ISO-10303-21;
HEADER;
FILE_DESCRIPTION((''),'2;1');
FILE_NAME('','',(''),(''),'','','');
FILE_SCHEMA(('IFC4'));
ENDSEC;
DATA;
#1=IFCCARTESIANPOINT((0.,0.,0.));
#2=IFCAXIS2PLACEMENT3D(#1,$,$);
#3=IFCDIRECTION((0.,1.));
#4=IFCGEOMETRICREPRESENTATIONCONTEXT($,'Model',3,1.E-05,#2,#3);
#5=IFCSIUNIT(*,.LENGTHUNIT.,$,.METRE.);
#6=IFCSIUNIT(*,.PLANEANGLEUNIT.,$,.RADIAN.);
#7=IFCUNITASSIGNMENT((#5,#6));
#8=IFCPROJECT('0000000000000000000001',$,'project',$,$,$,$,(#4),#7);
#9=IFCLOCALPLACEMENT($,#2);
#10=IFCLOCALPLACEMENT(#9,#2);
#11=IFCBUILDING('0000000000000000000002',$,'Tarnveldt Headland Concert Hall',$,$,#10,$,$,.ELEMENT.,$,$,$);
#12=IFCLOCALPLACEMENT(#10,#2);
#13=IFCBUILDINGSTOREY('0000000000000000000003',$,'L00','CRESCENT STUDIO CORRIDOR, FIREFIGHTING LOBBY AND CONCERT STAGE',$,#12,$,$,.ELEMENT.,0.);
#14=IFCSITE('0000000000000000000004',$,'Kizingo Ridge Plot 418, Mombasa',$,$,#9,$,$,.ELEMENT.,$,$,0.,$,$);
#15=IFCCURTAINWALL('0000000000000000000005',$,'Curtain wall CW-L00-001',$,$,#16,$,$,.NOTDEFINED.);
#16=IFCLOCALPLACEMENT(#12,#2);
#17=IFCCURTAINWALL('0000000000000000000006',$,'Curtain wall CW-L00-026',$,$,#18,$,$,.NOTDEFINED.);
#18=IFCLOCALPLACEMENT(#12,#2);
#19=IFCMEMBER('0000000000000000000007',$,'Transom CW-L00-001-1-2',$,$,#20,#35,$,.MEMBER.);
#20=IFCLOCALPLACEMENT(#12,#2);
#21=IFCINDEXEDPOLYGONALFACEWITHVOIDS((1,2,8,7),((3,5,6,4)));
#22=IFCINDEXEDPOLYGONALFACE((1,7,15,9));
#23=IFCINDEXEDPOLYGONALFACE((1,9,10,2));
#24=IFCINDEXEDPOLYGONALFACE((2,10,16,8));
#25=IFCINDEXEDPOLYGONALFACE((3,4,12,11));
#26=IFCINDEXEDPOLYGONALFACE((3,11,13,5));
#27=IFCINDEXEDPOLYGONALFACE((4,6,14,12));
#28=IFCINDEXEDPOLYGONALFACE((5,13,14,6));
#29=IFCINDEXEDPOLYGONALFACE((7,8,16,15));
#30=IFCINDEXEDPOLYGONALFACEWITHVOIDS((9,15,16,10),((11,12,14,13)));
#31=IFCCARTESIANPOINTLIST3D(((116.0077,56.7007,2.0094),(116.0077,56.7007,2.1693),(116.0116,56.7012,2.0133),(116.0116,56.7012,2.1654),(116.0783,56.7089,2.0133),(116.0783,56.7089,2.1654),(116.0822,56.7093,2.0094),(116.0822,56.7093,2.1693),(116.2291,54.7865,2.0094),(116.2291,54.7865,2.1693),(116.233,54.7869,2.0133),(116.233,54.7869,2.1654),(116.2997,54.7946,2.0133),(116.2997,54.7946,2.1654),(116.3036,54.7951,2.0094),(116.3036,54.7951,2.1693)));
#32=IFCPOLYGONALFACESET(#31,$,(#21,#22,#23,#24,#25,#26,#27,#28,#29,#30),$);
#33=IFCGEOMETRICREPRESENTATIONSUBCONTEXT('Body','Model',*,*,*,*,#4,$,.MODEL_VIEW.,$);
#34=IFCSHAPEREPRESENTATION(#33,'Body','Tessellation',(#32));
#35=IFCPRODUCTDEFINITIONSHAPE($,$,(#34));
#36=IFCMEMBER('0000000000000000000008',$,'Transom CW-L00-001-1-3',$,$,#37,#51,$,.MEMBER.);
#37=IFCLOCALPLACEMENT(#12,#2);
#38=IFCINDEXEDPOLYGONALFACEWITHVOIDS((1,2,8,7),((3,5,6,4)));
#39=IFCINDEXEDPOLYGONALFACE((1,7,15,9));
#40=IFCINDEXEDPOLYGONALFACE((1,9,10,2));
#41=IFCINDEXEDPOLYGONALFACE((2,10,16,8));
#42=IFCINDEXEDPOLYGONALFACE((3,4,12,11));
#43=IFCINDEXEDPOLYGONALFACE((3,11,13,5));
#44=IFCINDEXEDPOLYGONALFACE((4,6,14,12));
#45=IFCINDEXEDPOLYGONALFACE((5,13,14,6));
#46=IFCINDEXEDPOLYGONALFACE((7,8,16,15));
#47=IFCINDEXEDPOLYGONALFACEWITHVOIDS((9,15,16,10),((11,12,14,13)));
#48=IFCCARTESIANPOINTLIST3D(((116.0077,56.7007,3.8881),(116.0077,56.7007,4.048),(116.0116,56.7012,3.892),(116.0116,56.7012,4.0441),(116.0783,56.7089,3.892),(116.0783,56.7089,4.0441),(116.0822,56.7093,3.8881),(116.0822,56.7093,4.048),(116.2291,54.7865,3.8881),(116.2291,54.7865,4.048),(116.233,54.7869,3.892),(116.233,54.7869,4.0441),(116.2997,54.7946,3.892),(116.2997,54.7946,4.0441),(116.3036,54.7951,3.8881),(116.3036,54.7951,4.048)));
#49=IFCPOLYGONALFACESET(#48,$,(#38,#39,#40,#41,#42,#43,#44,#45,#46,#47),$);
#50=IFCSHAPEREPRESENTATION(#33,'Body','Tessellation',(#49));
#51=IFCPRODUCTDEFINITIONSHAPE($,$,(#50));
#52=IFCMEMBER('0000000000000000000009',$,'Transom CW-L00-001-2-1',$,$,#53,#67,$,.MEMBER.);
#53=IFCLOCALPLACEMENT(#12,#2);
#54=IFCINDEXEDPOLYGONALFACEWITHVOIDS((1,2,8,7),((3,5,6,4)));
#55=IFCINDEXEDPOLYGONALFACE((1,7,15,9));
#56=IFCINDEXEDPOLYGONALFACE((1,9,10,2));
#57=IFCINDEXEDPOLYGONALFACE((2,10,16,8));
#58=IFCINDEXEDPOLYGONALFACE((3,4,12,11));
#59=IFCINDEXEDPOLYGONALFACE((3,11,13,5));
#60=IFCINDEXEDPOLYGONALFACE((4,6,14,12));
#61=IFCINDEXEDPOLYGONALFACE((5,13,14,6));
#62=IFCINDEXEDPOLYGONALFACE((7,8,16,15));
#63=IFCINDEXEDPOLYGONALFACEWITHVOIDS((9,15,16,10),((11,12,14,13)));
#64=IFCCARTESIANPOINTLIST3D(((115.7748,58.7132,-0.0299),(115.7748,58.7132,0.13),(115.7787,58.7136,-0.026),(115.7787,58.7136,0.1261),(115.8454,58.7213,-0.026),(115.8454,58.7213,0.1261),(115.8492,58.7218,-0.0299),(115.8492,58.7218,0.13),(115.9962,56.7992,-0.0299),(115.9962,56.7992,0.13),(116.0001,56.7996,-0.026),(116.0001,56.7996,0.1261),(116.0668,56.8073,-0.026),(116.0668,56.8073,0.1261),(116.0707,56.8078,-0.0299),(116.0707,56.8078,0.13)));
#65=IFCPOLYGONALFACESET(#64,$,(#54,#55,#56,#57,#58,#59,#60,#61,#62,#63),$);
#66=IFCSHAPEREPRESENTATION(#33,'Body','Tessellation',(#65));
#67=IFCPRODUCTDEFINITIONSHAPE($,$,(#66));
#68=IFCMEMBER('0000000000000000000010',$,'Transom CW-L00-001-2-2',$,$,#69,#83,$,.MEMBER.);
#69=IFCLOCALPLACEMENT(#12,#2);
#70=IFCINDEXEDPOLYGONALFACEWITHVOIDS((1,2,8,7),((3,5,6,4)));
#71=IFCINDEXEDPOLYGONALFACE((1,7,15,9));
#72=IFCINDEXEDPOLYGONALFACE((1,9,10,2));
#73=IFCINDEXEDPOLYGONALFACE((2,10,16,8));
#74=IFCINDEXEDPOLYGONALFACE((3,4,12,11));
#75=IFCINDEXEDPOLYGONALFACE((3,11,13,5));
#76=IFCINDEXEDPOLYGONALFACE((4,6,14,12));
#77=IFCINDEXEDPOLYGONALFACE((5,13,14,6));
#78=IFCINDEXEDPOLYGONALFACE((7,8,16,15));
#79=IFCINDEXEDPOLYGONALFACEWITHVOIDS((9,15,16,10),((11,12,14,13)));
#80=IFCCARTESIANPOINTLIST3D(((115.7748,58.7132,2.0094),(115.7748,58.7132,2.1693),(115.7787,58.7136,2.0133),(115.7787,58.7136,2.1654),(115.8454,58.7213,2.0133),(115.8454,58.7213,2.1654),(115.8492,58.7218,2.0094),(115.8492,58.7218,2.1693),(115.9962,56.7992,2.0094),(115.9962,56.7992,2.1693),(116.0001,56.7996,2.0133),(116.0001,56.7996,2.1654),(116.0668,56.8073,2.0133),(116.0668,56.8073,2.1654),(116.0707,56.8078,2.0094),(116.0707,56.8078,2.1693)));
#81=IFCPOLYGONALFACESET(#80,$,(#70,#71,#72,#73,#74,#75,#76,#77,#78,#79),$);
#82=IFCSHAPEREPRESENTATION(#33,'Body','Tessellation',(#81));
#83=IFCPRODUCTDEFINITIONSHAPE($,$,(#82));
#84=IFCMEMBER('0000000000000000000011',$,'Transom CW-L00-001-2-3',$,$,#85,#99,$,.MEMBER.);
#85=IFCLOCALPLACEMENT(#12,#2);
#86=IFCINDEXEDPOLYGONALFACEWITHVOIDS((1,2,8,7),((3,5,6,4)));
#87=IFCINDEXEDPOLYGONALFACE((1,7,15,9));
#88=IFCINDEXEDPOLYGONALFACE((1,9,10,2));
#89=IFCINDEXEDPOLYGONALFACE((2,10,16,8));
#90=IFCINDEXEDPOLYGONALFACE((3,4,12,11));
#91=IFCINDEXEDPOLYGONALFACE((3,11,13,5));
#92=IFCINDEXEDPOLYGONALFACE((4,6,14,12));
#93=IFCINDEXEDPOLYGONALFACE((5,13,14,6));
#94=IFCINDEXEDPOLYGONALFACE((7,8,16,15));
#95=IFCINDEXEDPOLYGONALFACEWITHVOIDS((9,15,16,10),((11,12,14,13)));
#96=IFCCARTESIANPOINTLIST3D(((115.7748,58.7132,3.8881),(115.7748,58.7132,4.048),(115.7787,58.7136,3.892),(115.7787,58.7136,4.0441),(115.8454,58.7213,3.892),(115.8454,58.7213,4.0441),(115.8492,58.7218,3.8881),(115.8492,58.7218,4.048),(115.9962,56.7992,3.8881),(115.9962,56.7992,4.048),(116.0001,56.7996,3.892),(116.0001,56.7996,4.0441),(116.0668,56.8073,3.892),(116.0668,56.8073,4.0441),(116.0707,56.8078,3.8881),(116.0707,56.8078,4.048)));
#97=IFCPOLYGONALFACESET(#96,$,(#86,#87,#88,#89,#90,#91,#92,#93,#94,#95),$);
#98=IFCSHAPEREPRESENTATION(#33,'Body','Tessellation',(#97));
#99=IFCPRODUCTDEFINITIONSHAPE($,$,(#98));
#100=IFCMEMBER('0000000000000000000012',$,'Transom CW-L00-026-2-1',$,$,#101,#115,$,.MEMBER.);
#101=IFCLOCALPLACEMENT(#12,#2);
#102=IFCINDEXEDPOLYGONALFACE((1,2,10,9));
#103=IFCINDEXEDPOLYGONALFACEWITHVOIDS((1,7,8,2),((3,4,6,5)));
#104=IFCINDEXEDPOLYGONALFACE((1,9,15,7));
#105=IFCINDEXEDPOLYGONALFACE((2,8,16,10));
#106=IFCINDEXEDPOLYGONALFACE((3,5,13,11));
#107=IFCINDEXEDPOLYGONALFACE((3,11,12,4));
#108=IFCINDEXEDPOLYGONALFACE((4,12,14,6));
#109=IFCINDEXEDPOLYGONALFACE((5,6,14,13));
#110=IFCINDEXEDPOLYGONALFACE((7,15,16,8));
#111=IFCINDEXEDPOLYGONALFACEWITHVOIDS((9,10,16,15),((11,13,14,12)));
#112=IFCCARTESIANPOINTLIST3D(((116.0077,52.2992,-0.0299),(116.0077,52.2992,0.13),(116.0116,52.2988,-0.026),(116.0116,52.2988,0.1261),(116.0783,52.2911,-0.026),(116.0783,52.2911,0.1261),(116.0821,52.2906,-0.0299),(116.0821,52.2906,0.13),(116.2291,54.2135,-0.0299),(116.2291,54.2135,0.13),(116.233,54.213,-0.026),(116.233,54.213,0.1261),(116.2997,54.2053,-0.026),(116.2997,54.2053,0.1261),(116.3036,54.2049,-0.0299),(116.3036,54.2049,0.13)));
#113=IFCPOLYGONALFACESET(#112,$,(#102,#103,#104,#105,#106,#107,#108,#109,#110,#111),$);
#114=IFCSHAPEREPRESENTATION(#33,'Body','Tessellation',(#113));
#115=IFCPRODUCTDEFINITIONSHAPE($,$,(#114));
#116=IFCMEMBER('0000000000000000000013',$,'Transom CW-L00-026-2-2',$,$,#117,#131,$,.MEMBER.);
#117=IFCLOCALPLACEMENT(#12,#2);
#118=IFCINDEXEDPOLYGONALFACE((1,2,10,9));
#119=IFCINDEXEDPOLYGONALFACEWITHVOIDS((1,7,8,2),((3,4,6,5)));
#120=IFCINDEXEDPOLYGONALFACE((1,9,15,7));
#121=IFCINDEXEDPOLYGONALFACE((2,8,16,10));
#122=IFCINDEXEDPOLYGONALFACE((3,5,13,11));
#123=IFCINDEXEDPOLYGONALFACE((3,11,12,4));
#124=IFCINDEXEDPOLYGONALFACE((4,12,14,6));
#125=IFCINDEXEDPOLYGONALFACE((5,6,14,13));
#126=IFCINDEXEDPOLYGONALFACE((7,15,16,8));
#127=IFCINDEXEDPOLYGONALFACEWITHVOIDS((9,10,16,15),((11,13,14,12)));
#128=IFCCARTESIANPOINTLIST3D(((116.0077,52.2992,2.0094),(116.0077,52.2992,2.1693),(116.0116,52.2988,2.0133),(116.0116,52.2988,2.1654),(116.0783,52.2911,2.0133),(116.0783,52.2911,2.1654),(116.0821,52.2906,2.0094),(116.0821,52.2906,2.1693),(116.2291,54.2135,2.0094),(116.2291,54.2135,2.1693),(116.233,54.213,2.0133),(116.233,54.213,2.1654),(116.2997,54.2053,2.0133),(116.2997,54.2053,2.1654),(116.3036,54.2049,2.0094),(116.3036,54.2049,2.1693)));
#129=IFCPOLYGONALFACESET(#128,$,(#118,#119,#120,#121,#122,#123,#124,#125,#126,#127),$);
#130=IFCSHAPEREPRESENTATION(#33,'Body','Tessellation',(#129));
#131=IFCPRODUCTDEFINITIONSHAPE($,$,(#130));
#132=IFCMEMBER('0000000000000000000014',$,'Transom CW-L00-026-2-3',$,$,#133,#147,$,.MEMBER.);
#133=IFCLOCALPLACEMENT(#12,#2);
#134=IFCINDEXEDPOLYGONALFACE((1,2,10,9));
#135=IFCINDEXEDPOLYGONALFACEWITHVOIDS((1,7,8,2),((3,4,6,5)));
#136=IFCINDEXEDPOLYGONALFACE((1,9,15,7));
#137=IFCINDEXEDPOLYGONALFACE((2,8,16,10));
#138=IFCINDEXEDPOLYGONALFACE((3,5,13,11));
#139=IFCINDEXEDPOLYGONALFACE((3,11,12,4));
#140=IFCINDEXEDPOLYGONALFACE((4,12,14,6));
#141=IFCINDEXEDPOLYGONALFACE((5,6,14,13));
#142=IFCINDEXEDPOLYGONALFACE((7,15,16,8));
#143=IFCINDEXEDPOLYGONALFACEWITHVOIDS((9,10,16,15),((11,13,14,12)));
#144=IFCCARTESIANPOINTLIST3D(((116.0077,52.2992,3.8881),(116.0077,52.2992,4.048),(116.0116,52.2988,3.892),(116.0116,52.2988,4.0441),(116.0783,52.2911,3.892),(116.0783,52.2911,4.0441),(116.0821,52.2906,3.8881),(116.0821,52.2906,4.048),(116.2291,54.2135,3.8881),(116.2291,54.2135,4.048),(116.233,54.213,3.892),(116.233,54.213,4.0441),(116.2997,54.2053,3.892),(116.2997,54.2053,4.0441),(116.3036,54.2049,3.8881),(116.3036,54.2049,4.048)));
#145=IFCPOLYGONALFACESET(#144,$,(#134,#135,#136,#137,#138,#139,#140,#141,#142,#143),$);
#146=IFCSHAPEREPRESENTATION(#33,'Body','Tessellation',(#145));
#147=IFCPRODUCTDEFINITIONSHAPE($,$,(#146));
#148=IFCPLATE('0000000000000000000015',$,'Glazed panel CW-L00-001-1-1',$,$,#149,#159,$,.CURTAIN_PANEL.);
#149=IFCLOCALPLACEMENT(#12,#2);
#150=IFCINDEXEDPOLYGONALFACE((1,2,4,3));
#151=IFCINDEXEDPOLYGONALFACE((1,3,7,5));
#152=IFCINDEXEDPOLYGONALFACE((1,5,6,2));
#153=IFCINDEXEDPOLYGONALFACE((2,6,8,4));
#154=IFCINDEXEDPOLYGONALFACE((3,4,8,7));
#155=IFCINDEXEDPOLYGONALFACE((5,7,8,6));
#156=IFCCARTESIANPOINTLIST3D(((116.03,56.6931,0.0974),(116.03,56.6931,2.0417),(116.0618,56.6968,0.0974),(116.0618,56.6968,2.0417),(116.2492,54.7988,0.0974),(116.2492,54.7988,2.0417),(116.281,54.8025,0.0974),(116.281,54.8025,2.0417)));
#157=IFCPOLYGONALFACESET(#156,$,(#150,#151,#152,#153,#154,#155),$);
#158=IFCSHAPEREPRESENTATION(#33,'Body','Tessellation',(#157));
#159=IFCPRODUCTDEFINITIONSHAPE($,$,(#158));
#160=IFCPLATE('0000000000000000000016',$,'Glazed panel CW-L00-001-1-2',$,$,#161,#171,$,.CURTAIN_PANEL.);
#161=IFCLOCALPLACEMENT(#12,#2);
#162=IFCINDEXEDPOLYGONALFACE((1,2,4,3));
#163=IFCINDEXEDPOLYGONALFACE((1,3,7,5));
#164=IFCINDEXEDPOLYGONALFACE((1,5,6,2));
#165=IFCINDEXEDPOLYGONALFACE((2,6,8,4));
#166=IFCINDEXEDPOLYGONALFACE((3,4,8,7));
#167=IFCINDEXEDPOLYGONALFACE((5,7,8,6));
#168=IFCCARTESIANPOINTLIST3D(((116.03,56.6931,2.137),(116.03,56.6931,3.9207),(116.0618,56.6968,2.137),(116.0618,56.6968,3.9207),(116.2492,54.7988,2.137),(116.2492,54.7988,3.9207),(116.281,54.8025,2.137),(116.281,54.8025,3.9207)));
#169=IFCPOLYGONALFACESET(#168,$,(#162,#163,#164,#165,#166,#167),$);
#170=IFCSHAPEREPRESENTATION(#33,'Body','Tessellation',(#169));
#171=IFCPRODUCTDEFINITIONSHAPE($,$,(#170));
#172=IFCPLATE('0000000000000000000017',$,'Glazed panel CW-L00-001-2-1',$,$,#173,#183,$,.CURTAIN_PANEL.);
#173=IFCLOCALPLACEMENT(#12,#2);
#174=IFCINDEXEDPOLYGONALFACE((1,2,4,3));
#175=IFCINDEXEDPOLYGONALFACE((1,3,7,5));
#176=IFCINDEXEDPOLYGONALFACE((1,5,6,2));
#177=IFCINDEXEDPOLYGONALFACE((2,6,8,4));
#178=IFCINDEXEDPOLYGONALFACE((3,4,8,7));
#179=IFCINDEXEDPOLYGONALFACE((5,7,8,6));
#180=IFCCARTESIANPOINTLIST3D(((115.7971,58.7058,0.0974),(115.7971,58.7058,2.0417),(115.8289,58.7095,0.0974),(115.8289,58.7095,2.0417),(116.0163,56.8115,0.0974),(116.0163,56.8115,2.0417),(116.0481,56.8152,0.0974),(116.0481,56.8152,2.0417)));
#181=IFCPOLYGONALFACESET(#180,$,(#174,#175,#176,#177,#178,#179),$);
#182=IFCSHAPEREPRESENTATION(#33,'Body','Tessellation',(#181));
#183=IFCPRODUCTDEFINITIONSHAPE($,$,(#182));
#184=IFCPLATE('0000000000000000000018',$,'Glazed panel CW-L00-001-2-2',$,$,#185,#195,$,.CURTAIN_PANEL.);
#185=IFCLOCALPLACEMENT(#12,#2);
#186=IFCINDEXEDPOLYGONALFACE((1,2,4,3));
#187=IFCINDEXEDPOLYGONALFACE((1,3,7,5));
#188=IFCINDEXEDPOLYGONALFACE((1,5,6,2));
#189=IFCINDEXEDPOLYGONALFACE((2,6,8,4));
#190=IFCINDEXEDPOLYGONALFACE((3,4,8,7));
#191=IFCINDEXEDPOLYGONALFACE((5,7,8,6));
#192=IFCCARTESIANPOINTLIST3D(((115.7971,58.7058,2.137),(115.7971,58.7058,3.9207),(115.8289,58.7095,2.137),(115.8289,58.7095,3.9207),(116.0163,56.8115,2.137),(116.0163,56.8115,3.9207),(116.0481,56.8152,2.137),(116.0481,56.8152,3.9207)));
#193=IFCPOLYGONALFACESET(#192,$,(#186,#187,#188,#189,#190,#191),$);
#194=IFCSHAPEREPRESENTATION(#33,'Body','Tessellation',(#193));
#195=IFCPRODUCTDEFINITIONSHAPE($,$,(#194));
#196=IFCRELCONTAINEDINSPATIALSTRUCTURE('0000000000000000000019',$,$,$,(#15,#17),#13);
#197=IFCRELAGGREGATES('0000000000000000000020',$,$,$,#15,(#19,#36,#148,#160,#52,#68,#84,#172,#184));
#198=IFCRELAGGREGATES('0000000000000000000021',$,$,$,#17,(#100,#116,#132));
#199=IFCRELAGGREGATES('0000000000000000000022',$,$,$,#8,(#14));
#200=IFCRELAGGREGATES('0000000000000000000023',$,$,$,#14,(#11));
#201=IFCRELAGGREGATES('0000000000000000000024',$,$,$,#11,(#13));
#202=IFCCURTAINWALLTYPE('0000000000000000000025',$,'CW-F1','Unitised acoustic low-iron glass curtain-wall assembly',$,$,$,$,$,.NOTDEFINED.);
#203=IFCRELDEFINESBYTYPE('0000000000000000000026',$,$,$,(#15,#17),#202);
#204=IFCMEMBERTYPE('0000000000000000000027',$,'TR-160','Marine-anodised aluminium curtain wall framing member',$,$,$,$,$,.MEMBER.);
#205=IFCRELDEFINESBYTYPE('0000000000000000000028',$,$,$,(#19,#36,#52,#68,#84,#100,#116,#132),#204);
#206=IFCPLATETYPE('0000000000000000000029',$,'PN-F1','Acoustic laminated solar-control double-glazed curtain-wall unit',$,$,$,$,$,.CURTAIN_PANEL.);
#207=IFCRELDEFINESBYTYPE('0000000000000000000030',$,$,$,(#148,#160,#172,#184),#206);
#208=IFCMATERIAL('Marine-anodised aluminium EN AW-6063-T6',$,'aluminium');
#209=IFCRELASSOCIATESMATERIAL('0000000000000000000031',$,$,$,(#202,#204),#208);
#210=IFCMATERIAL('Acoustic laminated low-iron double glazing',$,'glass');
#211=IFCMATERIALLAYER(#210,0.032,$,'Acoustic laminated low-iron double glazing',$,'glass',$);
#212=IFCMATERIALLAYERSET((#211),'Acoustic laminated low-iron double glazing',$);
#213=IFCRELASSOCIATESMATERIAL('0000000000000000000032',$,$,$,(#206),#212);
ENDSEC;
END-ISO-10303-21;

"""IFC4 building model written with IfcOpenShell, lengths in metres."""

from ifc_helpers import new_model, si_unit, direction, frame, origin, origin_2d, place, context, subcontext, project, spatial, rectangle, hollow_rectangle, extrude, material, layer, layer_set, material_profile, profile_set, type_object, element, aggregate, save


model = new_model("IFC4")

# Units and contexts
model_context = context("Model", 3, precision=1e-05, world=origin(), true_north=direction((0.0, 1.0)))
body_context = subcontext(model_context, "Body", "Model", "MODEL_VIEW")
ifc_project = project(units=[si_unit("LENGTHUNIT", "METRE"), si_unit("PLANEANGLEUNIT", "RADIAN")], contexts=[model_context])

# Site, building, storey
site_placement = place(None, origin())
site = spatial("IfcSite", under=ifc_project, at=site_placement, Name="Kizingo Ridge Plot 418, Mombasa", CompositionType="ELEMENT", RefElevation=0.0)
building_placement = place(site_placement, origin())
building = spatial("IfcBuilding", under=site, at=building_placement, Name="Tarnveldt Headland Concert Hall", CompositionType="ELEMENT")
storey_placement = place(building_placement, origin())
storey = spatial("IfcBuildingStorey", under=building, at=storey_placement, Name="L00", Description="CRESCENT STUDIO CORRIDOR, FIREFIGHTING LOBBY AND CONCERT STAGE", CompositionType="ELEMENT", Elevation=0.0)

# Curtain walls
ifc_material_1 = material(Name="Marine-anodised aluminium EN AW-6063-T6", Category="aluminium")
curtain_wall_type = type_object("IfcCurtainWallType", Name="CW-F1", Description="Unitised acoustic low-iron glass curtain-wall assembly", PredefinedType="NOTDEFINED", material=ifc_material_1)
curtain_wall_1_placement = place(storey_placement, origin())
curtain_wall_1 = element("IfcCurtainWall", 1, at=curtain_wall_1_placement, inside=storey, type_object=curtain_wall_type, Name="Curtain wall CW-L00-001", PredefinedType="NOTDEFINED")
curtain_wall_2_placement = place(storey_placement, origin())
curtain_wall_2 = element("IfcCurtainWall", 2, at=curtain_wall_2_placement, inside=storey, type_object=curtain_wall_type, Name="Curtain wall CW-L00-026", PredefinedType="NOTDEFINED")

# Members
ifc_material_profile_1 = material_profile(ifc_material_1, hollow_rectangle(XDim=0.075, YDim=0.1599, WallThickness=0.0039, at=origin_2d()), Name="ALU TRANSOM 75x160x4", Category="aluminium")
ifc_profile_set_1 = profile_set([ifc_material_profile_1], Name="Marine-anodised aluminium EN AW-6063-T6")
member_type_1 = type_object("IfcMemberType", Name="TR-160", Description="Marine-anodised aluminium curtain wall framing member", PredefinedType="MEMBER", material=ifc_profile_set_1)
member_1_placement = place(storey_placement, frame((116.2664, 54.7908, 2.0894), z_axis=(-0.114908, 0.993376, 0.0), x_axis=(-0.993376, -0.114908, 0.0)))
member_1 = element("IfcMember", 3, at=member_1_placement, type_object=member_type_1, Name="Transom CW-L00-001-1-2", PredefinedType="MEMBER", context=body_context, shape_type="SweptSolid", body=[
    extrude(hollow_rectangle(XDim=0.075, YDim=0.1599, WallThickness=0.0039, at=origin_2d()), origin(), (0.0, 0.0, 1.0), 1.927),
])
member_2_placement = place(storey_placement, frame((116.2664, 54.7908, 3.968), z_axis=(-0.114908, 0.993376, 0.0), x_axis=(-0.993376, -0.114908, 0.0)))
member_2 = element("IfcMember", 4, at=member_2_placement, type_object=member_type_1, Name="Transom CW-L00-001-1-3", PredefinedType="MEMBER", context=body_context, shape_type="SweptSolid", body=[
    extrude(hollow_rectangle(XDim=0.075, YDim=0.1599, WallThickness=0.0039, at=origin_2d()), origin(), (0.0, 0.0, 1.0), 1.927),
])
member_3_placement = place(storey_placement, frame((116.0334, 56.8035, 0.05), z_axis=(-0.114922, 0.993374, 0.0), x_axis=(-0.993374, -0.114922, 0.0)))
member_3 = element("IfcMember", 5, at=member_3_placement, type_object=member_type_1, Name="Transom CW-L00-001-2-1", PredefinedType="MEMBER", context=body_context, shape_type="SweptSolid", body=[
    extrude(hollow_rectangle(XDim=0.075, YDim=0.1599, WallThickness=0.0039, at=origin_2d()), origin(), (0.0, 0.0, 1.0), 1.9268),
])
member_4_placement = place(storey_placement, frame((116.0334, 56.8035, 2.0894), z_axis=(-0.114922, 0.993374, 0.0), x_axis=(-0.993374, -0.114922, 0.0)))
member_4 = element("IfcMember", 6, at=member_4_placement, type_object=member_type_1, Name="Transom CW-L00-001-2-2", PredefinedType="MEMBER", context=body_context, shape_type="SweptSolid", body=[
    extrude(hollow_rectangle(XDim=0.075, YDim=0.1599, WallThickness=0.0039, at=origin_2d()), origin(), (0.0, 0.0, 1.0), 1.9268),
])
member_5_placement = place(storey_placement, frame((116.0334, 56.8035, 3.968), z_axis=(-0.114922, 0.993374, 0.0), x_axis=(-0.993374, -0.114922, 0.0)))
member_5 = element("IfcMember", 7, at=member_5_placement, type_object=member_type_1, Name="Transom CW-L00-001-2-3", PredefinedType="MEMBER", context=body_context, shape_type="SweptSolid", body=[
    extrude(hollow_rectangle(XDim=0.075, YDim=0.1599, WallThickness=0.0039, at=origin_2d()), origin(), (0.0, 0.0, 1.0), 1.9268),
])
member_6_placement = place(storey_placement, frame((116.0449, 52.2949, 0.05), z_axis=(0.114908, 0.993376, 0.0), x_axis=(-0.993376, 0.114908, 0.0)))
member_6 = element("IfcMember", 8, at=member_6_placement, type_object=member_type_1, Name="Transom CW-L00-026-2-1", PredefinedType="MEMBER", context=body_context, shape_type="SweptSolid", body=[
    extrude(hollow_rectangle(XDim=0.075, YDim=0.1599, WallThickness=0.0039, at=origin_2d()), origin(), (0.0, 0.0, 1.0), 1.927),
])
member_7_placement = place(storey_placement, frame((116.0449, 52.2949, 2.0894), z_axis=(0.114908, 0.993376, 0.0), x_axis=(-0.993376, 0.114908, 0.0)))
member_7 = element("IfcMember", 9, at=member_7_placement, type_object=member_type_1, Name="Transom CW-L00-026-2-2", PredefinedType="MEMBER", context=body_context, shape_type="SweptSolid", body=[
    extrude(hollow_rectangle(XDim=0.075, YDim=0.1599, WallThickness=0.0039, at=origin_2d()), origin(), (0.0, 0.0, 1.0), 1.927),
])
member_8_placement = place(storey_placement, frame((116.0449, 52.2949, 3.968), z_axis=(0.114908, 0.993376, 0.0), x_axis=(-0.993376, 0.114908, 0.0)))
member_8 = element("IfcMember", 10, at=member_8_placement, type_object=member_type_1, Name="Transom CW-L00-026-2-3", PredefinedType="MEMBER", context=body_context, shape_type="SweptSolid", body=[
    extrude(hollow_rectangle(XDim=0.075, YDim=0.1599, WallThickness=0.0039, at=origin_2d()), origin(), (0.0, 0.0, 1.0), 1.927),
])

# Plates
ifc_material_2 = material(Name="Acoustic laminated low-iron double glazing", Category="glass")
ifc_layer_1 = layer(ifc_material_2, 0.032, Name="Acoustic laminated low-iron double glazing", Category="glass")
ifc_layer_set_1 = layer_set([ifc_layer_1], Name="Acoustic laminated low-iron double glazing")
plate_type = type_object("IfcPlateType", Name="PN-F1", Description="Acoustic laminated solar-control double-glazed curtain-wall unit", PredefinedType="CURTAIN_PANEL", material=ifc_layer_set_1)
plate_1_placement = place(storey_placement, frame((116.1555, 55.7478, 0.0974), z_axis=(0.0, 0.0, 1.0), x_axis=(-0.114937, 0.993373, 0.0)))
plate_1 = element("IfcPlate", 11, at=plate_1_placement, type_object=plate_type, Name="Glazed panel CW-L00-001-1-1", PredefinedType="CURTAIN_PANEL", context=body_context, shape_type="SweptSolid", body=[
    extrude(rectangle(XDim=1.907, YDim=0.032, at=origin_2d()), origin(), (0.0, 0.0, 1.0), 1.9443),
])
plate_2_placement = place(storey_placement, frame((116.1555, 55.7478, 2.137), z_axis=(0.0, 0.0, 1.0), x_axis=(-0.114937, 0.993373, 0.0)))
plate_2 = element("IfcPlate", 12, at=plate_2_placement, type_object=plate_type, Name="Glazed panel CW-L00-001-1-2", PredefinedType="CURTAIN_PANEL", context=body_context, shape_type="SweptSolid", body=[
    extrude(rectangle(XDim=1.907, YDim=0.032, at=origin_2d()), origin(), (0.0, 0.0, 1.0), 1.7837),
])
plate_3_placement = place(storey_placement, frame((115.9226, 57.7605, 0.0974), z_axis=(0.0, 0.0, 1.0), x_axis=(-0.114937, 0.993373, 0.0)))
plate_3 = element("IfcPlate", 13, at=plate_3_placement, type_object=plate_type, Name="Glazed panel CW-L00-001-2-1", PredefinedType="CURTAIN_PANEL", context=body_context, shape_type="SweptSolid", body=[
    extrude(rectangle(XDim=1.907, YDim=0.032, at=origin_2d()), origin(), (0.0, 0.0, 1.0), 1.9443),
])
plate_4_placement = place(storey_placement, frame((115.9226, 57.7605, 2.137), z_axis=(0.0, 0.0, 1.0), x_axis=(-0.114937, 0.993373, 0.0)))
plate_4 = element("IfcPlate", 14, at=plate_4_placement, type_object=plate_type, Name="Glazed panel CW-L00-001-2-2", PredefinedType="CURTAIN_PANEL", context=body_context, shape_type="SweptSolid", body=[
    extrude(rectangle(XDim=1.907, YDim=0.032, at=origin_2d()), origin(), (0.0, 0.0, 1.0), 1.7837),
])
aggregate(curtain_wall_1, [member_1, member_2, plate_1, plate_2, member_3, member_4, member_5, plate_3, plate_4])
aggregate(curtain_wall_2, [member_6, member_7, member_8])

save(model, "model.ifc")
